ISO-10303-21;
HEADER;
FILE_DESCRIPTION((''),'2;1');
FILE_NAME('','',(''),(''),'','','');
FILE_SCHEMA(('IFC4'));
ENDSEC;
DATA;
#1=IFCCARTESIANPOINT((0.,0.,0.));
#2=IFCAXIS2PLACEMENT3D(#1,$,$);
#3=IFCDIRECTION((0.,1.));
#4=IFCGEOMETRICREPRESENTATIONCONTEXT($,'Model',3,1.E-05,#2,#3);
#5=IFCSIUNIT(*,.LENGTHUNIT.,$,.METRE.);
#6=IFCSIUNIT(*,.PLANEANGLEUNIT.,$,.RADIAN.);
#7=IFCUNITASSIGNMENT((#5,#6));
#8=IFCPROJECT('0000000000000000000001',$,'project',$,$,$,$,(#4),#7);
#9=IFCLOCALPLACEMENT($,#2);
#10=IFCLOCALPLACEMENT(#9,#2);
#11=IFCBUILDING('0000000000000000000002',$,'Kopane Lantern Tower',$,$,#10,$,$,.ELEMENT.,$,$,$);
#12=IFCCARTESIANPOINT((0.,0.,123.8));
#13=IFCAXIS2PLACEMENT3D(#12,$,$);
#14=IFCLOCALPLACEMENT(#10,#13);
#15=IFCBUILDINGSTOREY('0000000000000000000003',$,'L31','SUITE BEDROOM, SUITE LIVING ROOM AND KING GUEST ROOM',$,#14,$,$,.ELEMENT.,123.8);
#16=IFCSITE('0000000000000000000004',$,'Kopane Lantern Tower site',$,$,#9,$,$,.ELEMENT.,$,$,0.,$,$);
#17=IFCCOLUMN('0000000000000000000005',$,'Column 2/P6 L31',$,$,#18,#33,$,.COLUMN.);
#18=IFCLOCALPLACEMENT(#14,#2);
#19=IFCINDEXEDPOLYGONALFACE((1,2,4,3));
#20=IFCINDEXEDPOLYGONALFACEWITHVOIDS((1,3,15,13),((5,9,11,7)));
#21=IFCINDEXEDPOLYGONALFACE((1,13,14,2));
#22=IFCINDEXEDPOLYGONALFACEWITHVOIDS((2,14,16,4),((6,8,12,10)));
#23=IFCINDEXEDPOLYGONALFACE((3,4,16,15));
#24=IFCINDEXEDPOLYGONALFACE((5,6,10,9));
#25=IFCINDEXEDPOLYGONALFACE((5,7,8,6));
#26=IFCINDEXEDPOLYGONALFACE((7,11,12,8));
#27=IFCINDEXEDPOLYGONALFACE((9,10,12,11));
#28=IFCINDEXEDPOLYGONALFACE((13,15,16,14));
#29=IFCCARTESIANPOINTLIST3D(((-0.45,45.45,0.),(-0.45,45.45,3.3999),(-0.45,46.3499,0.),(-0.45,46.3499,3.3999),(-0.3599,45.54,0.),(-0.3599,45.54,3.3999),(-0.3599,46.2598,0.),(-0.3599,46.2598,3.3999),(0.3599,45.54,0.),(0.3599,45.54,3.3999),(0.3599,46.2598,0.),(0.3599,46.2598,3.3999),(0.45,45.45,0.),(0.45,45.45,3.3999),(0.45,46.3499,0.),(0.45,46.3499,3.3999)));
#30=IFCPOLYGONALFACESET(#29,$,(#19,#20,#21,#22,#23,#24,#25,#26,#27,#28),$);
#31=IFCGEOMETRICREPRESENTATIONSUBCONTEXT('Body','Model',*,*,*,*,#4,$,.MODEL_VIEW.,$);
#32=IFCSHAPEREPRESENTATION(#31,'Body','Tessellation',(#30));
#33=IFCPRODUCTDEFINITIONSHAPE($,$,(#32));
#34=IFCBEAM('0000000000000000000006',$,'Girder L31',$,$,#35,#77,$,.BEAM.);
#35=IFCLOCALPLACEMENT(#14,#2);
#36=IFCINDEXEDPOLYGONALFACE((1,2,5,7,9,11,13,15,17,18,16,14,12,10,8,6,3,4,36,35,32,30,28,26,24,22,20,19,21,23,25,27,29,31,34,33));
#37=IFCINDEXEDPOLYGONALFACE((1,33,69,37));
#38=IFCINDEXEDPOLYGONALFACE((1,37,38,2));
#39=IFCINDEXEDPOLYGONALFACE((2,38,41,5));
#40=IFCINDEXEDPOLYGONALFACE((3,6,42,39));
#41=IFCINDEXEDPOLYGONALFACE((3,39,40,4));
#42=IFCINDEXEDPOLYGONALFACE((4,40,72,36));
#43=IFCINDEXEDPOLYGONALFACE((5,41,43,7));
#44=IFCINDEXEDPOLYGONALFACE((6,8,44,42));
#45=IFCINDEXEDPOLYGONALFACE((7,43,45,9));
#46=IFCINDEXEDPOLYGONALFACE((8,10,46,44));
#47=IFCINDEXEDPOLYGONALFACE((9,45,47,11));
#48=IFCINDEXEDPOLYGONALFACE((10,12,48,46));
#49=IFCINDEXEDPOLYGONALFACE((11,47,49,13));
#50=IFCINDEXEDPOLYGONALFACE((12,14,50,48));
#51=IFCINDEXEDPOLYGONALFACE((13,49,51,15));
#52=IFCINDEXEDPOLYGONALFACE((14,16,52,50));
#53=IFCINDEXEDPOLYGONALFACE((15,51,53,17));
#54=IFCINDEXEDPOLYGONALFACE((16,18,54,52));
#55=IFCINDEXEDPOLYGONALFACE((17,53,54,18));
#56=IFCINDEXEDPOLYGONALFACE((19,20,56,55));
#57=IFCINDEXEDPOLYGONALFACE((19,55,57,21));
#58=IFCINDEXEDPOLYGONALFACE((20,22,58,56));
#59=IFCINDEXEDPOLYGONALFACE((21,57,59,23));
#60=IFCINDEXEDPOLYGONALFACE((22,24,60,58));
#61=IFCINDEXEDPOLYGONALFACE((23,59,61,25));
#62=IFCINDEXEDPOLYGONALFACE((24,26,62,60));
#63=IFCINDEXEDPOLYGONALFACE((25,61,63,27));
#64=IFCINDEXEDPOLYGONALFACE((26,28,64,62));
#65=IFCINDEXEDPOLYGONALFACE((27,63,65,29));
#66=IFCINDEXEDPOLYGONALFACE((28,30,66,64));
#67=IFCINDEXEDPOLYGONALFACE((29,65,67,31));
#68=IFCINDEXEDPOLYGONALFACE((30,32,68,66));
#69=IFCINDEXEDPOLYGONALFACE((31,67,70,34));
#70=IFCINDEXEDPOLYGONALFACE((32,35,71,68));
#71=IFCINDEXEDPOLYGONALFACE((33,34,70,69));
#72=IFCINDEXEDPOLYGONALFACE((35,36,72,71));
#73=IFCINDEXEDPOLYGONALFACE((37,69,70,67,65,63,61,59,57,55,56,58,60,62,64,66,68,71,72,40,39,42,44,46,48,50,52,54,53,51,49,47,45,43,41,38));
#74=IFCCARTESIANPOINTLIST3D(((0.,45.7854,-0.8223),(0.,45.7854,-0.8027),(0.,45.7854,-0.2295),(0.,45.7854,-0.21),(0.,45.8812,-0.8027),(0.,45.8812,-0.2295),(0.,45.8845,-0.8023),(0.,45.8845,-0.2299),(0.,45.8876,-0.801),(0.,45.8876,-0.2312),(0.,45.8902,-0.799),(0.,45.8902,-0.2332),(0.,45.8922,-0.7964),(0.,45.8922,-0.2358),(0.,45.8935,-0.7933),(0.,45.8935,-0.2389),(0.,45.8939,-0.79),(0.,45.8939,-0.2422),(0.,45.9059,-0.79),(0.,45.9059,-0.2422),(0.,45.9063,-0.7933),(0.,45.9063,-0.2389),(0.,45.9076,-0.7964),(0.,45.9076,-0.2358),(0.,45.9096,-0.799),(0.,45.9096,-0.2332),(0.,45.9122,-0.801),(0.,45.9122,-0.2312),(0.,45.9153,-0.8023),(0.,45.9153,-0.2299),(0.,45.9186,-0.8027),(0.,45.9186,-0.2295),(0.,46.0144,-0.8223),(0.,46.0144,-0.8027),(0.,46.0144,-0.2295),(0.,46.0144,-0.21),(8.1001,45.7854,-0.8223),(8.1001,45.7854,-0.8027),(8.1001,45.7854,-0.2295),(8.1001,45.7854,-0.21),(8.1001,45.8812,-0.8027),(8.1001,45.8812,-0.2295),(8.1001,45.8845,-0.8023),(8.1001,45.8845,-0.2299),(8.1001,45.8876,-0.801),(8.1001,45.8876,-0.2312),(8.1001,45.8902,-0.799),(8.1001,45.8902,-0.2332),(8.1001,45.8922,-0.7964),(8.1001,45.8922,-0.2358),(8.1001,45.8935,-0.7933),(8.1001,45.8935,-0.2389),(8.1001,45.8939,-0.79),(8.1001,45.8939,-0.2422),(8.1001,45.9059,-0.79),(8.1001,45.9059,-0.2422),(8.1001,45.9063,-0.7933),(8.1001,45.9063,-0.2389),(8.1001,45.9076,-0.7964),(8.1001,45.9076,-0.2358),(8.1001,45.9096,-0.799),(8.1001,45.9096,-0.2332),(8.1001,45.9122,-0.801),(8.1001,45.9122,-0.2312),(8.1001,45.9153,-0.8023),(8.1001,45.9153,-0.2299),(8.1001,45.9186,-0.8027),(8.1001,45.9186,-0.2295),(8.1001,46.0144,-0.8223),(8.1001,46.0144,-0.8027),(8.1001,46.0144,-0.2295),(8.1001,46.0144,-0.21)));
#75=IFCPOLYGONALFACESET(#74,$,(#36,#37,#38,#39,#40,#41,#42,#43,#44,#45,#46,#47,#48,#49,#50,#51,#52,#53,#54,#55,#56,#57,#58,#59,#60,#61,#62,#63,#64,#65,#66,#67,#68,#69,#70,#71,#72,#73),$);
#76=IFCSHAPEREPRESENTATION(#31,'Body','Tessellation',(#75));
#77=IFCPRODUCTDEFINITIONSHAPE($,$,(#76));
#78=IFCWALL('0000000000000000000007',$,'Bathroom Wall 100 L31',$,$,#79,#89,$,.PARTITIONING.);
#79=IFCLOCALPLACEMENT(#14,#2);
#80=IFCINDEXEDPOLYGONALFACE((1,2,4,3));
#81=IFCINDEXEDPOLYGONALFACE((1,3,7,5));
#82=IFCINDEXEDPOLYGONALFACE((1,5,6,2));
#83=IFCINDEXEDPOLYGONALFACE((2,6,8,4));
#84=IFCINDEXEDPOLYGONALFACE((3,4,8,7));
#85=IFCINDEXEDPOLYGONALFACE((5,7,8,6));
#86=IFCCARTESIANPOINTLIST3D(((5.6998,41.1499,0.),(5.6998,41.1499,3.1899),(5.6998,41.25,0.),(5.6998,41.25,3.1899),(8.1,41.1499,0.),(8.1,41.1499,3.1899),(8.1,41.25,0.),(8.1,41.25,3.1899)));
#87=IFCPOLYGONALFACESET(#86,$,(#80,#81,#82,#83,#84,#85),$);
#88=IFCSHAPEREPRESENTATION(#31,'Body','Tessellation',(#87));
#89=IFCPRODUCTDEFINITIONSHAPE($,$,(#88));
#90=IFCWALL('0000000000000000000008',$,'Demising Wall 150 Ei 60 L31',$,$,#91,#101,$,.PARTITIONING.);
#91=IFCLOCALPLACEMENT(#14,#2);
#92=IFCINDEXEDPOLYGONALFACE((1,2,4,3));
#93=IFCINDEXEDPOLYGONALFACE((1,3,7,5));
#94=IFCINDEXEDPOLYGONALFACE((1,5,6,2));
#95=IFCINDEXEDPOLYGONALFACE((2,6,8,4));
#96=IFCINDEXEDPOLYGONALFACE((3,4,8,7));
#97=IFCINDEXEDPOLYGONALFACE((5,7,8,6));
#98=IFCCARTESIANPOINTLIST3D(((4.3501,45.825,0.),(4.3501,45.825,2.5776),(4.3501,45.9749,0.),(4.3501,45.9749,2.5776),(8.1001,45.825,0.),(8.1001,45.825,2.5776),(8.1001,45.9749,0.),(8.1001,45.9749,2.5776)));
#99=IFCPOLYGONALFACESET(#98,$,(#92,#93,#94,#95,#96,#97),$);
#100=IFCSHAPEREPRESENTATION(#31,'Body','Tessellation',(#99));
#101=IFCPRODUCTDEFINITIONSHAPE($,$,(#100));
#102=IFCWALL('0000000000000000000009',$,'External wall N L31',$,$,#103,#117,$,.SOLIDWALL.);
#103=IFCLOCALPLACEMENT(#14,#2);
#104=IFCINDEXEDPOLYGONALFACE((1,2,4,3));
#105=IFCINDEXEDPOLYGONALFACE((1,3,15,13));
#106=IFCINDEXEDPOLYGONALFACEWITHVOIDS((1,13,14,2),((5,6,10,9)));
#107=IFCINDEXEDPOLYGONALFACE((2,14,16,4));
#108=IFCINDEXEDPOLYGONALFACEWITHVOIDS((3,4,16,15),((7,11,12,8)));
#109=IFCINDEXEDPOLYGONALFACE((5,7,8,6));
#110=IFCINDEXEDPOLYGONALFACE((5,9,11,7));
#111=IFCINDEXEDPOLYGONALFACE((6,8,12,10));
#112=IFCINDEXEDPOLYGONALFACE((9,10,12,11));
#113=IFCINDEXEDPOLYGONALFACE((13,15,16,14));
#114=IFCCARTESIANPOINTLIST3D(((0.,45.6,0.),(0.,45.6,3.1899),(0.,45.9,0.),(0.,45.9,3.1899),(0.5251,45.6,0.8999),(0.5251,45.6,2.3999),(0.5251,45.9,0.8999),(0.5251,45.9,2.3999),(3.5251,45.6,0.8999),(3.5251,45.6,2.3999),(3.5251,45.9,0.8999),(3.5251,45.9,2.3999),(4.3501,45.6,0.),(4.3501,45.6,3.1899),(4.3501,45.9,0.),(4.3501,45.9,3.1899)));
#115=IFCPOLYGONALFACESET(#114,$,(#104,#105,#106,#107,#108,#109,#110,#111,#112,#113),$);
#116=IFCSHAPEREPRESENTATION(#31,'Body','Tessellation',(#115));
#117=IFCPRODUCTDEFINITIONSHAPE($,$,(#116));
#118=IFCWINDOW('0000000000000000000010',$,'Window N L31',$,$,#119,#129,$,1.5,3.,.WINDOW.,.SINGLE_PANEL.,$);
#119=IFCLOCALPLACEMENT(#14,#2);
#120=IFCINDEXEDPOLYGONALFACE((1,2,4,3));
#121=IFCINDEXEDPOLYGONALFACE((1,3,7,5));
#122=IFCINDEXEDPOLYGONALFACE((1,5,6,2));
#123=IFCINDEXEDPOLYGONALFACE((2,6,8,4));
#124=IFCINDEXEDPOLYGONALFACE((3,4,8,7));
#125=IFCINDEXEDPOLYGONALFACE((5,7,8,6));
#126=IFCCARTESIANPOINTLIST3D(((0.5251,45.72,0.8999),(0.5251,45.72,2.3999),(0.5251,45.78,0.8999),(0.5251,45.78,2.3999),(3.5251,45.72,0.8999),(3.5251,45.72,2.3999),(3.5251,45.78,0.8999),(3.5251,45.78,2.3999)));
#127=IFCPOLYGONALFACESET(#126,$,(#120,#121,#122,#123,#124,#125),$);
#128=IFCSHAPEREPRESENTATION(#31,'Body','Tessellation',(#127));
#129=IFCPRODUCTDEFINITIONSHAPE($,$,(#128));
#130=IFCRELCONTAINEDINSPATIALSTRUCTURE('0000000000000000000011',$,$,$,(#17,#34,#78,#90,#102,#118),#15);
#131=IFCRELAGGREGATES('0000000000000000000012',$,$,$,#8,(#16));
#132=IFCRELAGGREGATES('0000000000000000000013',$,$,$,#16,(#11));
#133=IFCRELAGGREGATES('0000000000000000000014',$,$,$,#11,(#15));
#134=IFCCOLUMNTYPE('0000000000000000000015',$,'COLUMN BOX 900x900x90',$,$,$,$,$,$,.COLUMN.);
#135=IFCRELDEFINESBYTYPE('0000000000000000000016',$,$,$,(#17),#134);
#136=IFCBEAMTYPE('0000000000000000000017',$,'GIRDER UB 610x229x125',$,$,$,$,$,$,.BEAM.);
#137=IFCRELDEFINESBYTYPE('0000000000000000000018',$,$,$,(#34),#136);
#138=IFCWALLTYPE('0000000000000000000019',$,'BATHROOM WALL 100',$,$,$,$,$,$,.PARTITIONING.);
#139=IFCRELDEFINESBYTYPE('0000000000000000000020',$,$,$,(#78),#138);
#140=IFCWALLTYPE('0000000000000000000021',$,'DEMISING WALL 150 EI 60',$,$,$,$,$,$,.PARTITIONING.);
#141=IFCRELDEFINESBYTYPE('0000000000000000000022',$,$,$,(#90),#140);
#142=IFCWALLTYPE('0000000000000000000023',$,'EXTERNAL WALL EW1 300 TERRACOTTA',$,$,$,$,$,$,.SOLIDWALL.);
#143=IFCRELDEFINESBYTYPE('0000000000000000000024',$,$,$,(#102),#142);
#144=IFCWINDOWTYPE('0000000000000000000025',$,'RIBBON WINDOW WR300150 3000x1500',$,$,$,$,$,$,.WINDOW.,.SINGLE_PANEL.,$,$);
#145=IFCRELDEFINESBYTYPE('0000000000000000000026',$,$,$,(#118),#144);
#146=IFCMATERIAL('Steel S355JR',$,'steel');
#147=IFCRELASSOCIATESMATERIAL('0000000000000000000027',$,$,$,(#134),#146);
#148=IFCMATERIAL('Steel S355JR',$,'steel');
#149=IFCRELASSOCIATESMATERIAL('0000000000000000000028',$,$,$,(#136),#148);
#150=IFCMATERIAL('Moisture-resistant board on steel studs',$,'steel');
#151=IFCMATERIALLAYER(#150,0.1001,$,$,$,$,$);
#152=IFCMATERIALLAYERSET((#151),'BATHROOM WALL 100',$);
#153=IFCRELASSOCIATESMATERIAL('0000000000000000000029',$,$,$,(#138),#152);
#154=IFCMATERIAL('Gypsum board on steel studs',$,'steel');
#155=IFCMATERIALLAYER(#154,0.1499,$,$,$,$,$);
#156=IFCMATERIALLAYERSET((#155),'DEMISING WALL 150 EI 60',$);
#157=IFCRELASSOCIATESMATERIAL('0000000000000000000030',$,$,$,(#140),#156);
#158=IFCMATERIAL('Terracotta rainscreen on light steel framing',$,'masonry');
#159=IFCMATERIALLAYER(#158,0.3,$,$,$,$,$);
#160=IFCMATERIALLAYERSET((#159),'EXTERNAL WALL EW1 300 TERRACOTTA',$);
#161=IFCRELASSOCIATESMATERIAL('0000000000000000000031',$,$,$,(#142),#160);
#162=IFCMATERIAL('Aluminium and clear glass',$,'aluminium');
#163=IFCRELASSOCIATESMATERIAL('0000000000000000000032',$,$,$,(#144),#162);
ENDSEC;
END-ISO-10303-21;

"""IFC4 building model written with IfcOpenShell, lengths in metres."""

from ifc_helpers import new_model, si_unit, direction, frame, frame_2d, origin, origin_2d, place, context, subcontext, project, spatial, rectangle, hollow_rectangle, i_section, extrude, material, layer, layer_set, material_profile, profile_set, type_object, element, fill, save


model = new_model("IFC4")

# Units and contexts
model_context = context("Model", 3, precision=1e-05, world=origin(), true_north=direction((0.0, 1.0)))
body_context = subcontext(model_context, "Body", "Model", "MODEL_VIEW")
ifc_project = project(units=[si_unit("LENGTHUNIT", "METRE"), si_unit("PLANEANGLEUNIT", "RADIAN")], contexts=[model_context])

# Site, building, storey
site_placement = place(None, origin())
site = spatial("IfcSite", under=ifc_project, at=site_placement, Name="Kopane Lantern Tower site", CompositionType="ELEMENT", RefElevation=0.0)
building_placement = place(site_placement, origin())
building = spatial("IfcBuilding", under=site, at=building_placement, Name="Kopane Lantern Tower", CompositionType="ELEMENT")
storey_placement = place(building_placement, frame((0.0, 0.0, 123.8)))
storey = spatial("IfcBuildingStorey", under=building, at=storey_placement, Name="L31", Description="SUITE BEDROOM, SUITE LIVING ROOM AND KING GUEST ROOM", CompositionType="ELEMENT", Elevation=123.8)

# Column
ifc_material_1 = material(Name="Steel S355JR", Category="steel")
ifc_material_profile_1 = material_profile(ifc_material_1, hollow_rectangle(XDim=0.8999, YDim=0.8999, WallThickness=0.0901, at=origin_2d()), Name="BOX 900x900x90")
ifc_profile_set_1 = profile_set([ifc_material_profile_1], Name="Steel S355JR")
column_type = type_object("IfcColumnType", Name="COLUMN BOX 900x900x90", PredefinedType="COLUMN", material=ifc_profile_set_1)
column_placement = place(storey_placement, frame((0.0, 45.8999, 0.0), z_axis=(0.0, 0.0, 1.0), x_axis=(1.0, 0.0, 0.0)))
element("IfcColumn", 1, at=column_placement, inside=storey, type_object=column_type, Name="Column 2/P6 L31", PredefinedType="COLUMN", context=body_context, shape_type="SweptSolid", body=[
    extrude(hollow_rectangle(XDim=0.8999, YDim=0.8999, WallThickness=0.0901, at=origin_2d()), origin(), (0.0, 0.0, 1.0), 3.3999),
])

# Beam
ifc_material_2 = material(Name="Steel S355JR", Category="steel")
ifc_material_profile_2 = material_profile(ifc_material_2, i_section(OverallWidth=0.229, OverallDepth=0.6123, WebThickness=0.012, FlangeThickness=0.0195, FilletRadius=0.0127, at=origin_2d()), Name="UB 610x229x125")
ifc_profile_set_2 = profile_set([ifc_material_profile_2], Name="Steel S355JR")
beam_type = type_object("IfcBeamType", Name="GIRDER UB 610x229x125", PredefinedType="BEAM", material=ifc_profile_set_2)
beam_placement = place(storey_placement, frame((0.0, 45.8999, -0.5161), z_axis=(1.0, 0.0, 0.0), x_axis=(0.0, 1.0, 0.0)))
element("IfcBeam", 2, at=beam_placement, inside=storey, type_object=beam_type, Name="Girder L31", PredefinedType="BEAM", context=body_context, shape_type="SweptSolid", body=[
    extrude(i_section(OverallWidth=0.229, OverallDepth=0.6123, WebThickness=0.012, FlangeThickness=0.0195, FilletRadius=0.0127, at=origin_2d()), origin(), (0.0, 0.0, 1.0), 8.1001),
])

# Walls
ifc_material_3 = material(Name="Moisture-resistant board on steel studs", Category="steel")
ifc_layer_1 = layer(ifc_material_3, 0.1001)
ifc_layer_set_1 = layer_set([ifc_layer_1], Name="BATHROOM WALL 100")
wall_type_1 = type_object("IfcWallType", Name="BATHROOM WALL 100", PredefinedType="PARTITIONING", material=ifc_layer_set_1)
wall_1_placement = place(storey_placement, frame((8.1001, 41.2, 0.0), z_axis=(0.0, 0.0, 1.0), x_axis=(-1.0, 0.0, 0.0)))
element("IfcWall", 3, at=wall_1_placement, inside=storey, type_object=wall_type_1, Name="Bathroom Wall 100 L31", PredefinedType="PARTITIONING", context=body_context, shape_type="SweptSolid", body=[
    extrude(rectangle(XDim=2.4001, YDim=0.1001, at=frame_2d((1.2002, 0.0))), origin(), (0.0, 0.0, 1.0), 3.1899),
])
ifc_material_4 = material(Name="Gypsum board on steel studs", Category="steel")
ifc_layer_2 = layer(ifc_material_4, 0.1499)
ifc_layer_set_2 = layer_set([ifc_layer_2], Name="DEMISING WALL 150 EI 60")
wall_type_2 = type_object("IfcWallType", Name="DEMISING WALL 150 EI 60", PredefinedType="PARTITIONING", material=ifc_layer_set_2)
wall_2_placement = place(storey_placement, frame((4.3501, 45.8999, 0.0), z_axis=(0.0, 0.0, 1.0), x_axis=(1.0, 0.0, 0.0)))
element("IfcWall", 4, at=wall_2_placement, inside=storey, type_object=wall_type_2, Name="Demising Wall 150 Ei 60 L31", PredefinedType="PARTITIONING", context=body_context, shape_type="SweptSolid", body=[
    extrude(rectangle(XDim=3.75, YDim=0.1499, at=frame_2d((1.875, 0.0))), origin(), (0.0, 0.0, 1.0), 2.5776),
])

# Wall, opening, window
ifc_material_5 = material(Name="Terracotta rainscreen on light steel framing", Category="masonry")
ifc_layer_3 = layer(ifc_material_5, 0.3)
ifc_layer_set_3 = layer_set([ifc_layer_3], Name="EXTERNAL WALL EW1 300 TERRACOTTA")
wall_type_3 = type_object("IfcWallType", Name="EXTERNAL WALL EW1 300 TERRACOTTA", PredefinedType="SOLIDWALL", material=ifc_layer_set_3)
wall_3_placement = place(storey_placement, frame((4.3501, 45.75, 0.0), z_axis=(0.0, 0.0, 1.0), x_axis=(-1.0, 0.0, 0.0)))
wall_3 = element("IfcWall", 5, at=wall_3_placement, inside=storey, type_object=wall_type_3, Name="External wall N L31", PredefinedType="SOLIDWALL", context=body_context, shape_type="SweptSolid", body=[
    extrude(rectangle(XDim=4.3501, YDim=0.3, at=frame_2d((2.175, 0.0))), origin(), (0.0, 0.0, 1.0), 3.1899),
])
opening_1_placement = place(wall_3_placement, frame((0.825, 0.0, 0.8999)))
opening_1 = element("IfcOpeningElement", 6, at=opening_1_placement, cuts=wall_3, PredefinedType="OPENING", context=body_context, shape_type="SweptSolid", body=[
    extrude(rectangle(XDim=3.0, YDim=1.5, at=frame_2d((1.5, 0.75))), frame((0.0, 0.1599, 0.0), z_axis=(0.0, -1.0, 0.0), x_axis=(1.0, 0.0, 0.0)), (0.0, 0.0, 1.0), 0.3201),
])
ifc_material_6 = material(Name="Aluminium and clear glass", Category="aluminium")
window_type_1 = type_object("IfcWindowType", Name="RIBBON WINDOW WR300150 3000x1500", PartitioningType="SINGLE_PANEL", PredefinedType="WINDOW", material=ifc_material_6)
window_1_placement = place(opening_1_placement, origin())
window_1 = element("IfcWindow", 7, at=window_1_placement, inside=storey, type_object=window_type_1, Name="Window N L31", OverallHeight=1.5, OverallWidth=3.0, PartitioningType="SINGLE_PANEL", PredefinedType="WINDOW", context=body_context, shape_type="SweptSolid", body=[
    extrude(rectangle(XDim=3.0, YDim=1.5, at=frame_2d((1.5, 0.75))), frame((0.0, 0.03, 0.0), z_axis=(0.0, -1.0, 0.0), x_axis=(1.0, 0.0, 0.0)), (0.0, 0.0, 1.0), 0.0601),
])
fill(opening_1, window_1)

save(model, "model.ifc")
